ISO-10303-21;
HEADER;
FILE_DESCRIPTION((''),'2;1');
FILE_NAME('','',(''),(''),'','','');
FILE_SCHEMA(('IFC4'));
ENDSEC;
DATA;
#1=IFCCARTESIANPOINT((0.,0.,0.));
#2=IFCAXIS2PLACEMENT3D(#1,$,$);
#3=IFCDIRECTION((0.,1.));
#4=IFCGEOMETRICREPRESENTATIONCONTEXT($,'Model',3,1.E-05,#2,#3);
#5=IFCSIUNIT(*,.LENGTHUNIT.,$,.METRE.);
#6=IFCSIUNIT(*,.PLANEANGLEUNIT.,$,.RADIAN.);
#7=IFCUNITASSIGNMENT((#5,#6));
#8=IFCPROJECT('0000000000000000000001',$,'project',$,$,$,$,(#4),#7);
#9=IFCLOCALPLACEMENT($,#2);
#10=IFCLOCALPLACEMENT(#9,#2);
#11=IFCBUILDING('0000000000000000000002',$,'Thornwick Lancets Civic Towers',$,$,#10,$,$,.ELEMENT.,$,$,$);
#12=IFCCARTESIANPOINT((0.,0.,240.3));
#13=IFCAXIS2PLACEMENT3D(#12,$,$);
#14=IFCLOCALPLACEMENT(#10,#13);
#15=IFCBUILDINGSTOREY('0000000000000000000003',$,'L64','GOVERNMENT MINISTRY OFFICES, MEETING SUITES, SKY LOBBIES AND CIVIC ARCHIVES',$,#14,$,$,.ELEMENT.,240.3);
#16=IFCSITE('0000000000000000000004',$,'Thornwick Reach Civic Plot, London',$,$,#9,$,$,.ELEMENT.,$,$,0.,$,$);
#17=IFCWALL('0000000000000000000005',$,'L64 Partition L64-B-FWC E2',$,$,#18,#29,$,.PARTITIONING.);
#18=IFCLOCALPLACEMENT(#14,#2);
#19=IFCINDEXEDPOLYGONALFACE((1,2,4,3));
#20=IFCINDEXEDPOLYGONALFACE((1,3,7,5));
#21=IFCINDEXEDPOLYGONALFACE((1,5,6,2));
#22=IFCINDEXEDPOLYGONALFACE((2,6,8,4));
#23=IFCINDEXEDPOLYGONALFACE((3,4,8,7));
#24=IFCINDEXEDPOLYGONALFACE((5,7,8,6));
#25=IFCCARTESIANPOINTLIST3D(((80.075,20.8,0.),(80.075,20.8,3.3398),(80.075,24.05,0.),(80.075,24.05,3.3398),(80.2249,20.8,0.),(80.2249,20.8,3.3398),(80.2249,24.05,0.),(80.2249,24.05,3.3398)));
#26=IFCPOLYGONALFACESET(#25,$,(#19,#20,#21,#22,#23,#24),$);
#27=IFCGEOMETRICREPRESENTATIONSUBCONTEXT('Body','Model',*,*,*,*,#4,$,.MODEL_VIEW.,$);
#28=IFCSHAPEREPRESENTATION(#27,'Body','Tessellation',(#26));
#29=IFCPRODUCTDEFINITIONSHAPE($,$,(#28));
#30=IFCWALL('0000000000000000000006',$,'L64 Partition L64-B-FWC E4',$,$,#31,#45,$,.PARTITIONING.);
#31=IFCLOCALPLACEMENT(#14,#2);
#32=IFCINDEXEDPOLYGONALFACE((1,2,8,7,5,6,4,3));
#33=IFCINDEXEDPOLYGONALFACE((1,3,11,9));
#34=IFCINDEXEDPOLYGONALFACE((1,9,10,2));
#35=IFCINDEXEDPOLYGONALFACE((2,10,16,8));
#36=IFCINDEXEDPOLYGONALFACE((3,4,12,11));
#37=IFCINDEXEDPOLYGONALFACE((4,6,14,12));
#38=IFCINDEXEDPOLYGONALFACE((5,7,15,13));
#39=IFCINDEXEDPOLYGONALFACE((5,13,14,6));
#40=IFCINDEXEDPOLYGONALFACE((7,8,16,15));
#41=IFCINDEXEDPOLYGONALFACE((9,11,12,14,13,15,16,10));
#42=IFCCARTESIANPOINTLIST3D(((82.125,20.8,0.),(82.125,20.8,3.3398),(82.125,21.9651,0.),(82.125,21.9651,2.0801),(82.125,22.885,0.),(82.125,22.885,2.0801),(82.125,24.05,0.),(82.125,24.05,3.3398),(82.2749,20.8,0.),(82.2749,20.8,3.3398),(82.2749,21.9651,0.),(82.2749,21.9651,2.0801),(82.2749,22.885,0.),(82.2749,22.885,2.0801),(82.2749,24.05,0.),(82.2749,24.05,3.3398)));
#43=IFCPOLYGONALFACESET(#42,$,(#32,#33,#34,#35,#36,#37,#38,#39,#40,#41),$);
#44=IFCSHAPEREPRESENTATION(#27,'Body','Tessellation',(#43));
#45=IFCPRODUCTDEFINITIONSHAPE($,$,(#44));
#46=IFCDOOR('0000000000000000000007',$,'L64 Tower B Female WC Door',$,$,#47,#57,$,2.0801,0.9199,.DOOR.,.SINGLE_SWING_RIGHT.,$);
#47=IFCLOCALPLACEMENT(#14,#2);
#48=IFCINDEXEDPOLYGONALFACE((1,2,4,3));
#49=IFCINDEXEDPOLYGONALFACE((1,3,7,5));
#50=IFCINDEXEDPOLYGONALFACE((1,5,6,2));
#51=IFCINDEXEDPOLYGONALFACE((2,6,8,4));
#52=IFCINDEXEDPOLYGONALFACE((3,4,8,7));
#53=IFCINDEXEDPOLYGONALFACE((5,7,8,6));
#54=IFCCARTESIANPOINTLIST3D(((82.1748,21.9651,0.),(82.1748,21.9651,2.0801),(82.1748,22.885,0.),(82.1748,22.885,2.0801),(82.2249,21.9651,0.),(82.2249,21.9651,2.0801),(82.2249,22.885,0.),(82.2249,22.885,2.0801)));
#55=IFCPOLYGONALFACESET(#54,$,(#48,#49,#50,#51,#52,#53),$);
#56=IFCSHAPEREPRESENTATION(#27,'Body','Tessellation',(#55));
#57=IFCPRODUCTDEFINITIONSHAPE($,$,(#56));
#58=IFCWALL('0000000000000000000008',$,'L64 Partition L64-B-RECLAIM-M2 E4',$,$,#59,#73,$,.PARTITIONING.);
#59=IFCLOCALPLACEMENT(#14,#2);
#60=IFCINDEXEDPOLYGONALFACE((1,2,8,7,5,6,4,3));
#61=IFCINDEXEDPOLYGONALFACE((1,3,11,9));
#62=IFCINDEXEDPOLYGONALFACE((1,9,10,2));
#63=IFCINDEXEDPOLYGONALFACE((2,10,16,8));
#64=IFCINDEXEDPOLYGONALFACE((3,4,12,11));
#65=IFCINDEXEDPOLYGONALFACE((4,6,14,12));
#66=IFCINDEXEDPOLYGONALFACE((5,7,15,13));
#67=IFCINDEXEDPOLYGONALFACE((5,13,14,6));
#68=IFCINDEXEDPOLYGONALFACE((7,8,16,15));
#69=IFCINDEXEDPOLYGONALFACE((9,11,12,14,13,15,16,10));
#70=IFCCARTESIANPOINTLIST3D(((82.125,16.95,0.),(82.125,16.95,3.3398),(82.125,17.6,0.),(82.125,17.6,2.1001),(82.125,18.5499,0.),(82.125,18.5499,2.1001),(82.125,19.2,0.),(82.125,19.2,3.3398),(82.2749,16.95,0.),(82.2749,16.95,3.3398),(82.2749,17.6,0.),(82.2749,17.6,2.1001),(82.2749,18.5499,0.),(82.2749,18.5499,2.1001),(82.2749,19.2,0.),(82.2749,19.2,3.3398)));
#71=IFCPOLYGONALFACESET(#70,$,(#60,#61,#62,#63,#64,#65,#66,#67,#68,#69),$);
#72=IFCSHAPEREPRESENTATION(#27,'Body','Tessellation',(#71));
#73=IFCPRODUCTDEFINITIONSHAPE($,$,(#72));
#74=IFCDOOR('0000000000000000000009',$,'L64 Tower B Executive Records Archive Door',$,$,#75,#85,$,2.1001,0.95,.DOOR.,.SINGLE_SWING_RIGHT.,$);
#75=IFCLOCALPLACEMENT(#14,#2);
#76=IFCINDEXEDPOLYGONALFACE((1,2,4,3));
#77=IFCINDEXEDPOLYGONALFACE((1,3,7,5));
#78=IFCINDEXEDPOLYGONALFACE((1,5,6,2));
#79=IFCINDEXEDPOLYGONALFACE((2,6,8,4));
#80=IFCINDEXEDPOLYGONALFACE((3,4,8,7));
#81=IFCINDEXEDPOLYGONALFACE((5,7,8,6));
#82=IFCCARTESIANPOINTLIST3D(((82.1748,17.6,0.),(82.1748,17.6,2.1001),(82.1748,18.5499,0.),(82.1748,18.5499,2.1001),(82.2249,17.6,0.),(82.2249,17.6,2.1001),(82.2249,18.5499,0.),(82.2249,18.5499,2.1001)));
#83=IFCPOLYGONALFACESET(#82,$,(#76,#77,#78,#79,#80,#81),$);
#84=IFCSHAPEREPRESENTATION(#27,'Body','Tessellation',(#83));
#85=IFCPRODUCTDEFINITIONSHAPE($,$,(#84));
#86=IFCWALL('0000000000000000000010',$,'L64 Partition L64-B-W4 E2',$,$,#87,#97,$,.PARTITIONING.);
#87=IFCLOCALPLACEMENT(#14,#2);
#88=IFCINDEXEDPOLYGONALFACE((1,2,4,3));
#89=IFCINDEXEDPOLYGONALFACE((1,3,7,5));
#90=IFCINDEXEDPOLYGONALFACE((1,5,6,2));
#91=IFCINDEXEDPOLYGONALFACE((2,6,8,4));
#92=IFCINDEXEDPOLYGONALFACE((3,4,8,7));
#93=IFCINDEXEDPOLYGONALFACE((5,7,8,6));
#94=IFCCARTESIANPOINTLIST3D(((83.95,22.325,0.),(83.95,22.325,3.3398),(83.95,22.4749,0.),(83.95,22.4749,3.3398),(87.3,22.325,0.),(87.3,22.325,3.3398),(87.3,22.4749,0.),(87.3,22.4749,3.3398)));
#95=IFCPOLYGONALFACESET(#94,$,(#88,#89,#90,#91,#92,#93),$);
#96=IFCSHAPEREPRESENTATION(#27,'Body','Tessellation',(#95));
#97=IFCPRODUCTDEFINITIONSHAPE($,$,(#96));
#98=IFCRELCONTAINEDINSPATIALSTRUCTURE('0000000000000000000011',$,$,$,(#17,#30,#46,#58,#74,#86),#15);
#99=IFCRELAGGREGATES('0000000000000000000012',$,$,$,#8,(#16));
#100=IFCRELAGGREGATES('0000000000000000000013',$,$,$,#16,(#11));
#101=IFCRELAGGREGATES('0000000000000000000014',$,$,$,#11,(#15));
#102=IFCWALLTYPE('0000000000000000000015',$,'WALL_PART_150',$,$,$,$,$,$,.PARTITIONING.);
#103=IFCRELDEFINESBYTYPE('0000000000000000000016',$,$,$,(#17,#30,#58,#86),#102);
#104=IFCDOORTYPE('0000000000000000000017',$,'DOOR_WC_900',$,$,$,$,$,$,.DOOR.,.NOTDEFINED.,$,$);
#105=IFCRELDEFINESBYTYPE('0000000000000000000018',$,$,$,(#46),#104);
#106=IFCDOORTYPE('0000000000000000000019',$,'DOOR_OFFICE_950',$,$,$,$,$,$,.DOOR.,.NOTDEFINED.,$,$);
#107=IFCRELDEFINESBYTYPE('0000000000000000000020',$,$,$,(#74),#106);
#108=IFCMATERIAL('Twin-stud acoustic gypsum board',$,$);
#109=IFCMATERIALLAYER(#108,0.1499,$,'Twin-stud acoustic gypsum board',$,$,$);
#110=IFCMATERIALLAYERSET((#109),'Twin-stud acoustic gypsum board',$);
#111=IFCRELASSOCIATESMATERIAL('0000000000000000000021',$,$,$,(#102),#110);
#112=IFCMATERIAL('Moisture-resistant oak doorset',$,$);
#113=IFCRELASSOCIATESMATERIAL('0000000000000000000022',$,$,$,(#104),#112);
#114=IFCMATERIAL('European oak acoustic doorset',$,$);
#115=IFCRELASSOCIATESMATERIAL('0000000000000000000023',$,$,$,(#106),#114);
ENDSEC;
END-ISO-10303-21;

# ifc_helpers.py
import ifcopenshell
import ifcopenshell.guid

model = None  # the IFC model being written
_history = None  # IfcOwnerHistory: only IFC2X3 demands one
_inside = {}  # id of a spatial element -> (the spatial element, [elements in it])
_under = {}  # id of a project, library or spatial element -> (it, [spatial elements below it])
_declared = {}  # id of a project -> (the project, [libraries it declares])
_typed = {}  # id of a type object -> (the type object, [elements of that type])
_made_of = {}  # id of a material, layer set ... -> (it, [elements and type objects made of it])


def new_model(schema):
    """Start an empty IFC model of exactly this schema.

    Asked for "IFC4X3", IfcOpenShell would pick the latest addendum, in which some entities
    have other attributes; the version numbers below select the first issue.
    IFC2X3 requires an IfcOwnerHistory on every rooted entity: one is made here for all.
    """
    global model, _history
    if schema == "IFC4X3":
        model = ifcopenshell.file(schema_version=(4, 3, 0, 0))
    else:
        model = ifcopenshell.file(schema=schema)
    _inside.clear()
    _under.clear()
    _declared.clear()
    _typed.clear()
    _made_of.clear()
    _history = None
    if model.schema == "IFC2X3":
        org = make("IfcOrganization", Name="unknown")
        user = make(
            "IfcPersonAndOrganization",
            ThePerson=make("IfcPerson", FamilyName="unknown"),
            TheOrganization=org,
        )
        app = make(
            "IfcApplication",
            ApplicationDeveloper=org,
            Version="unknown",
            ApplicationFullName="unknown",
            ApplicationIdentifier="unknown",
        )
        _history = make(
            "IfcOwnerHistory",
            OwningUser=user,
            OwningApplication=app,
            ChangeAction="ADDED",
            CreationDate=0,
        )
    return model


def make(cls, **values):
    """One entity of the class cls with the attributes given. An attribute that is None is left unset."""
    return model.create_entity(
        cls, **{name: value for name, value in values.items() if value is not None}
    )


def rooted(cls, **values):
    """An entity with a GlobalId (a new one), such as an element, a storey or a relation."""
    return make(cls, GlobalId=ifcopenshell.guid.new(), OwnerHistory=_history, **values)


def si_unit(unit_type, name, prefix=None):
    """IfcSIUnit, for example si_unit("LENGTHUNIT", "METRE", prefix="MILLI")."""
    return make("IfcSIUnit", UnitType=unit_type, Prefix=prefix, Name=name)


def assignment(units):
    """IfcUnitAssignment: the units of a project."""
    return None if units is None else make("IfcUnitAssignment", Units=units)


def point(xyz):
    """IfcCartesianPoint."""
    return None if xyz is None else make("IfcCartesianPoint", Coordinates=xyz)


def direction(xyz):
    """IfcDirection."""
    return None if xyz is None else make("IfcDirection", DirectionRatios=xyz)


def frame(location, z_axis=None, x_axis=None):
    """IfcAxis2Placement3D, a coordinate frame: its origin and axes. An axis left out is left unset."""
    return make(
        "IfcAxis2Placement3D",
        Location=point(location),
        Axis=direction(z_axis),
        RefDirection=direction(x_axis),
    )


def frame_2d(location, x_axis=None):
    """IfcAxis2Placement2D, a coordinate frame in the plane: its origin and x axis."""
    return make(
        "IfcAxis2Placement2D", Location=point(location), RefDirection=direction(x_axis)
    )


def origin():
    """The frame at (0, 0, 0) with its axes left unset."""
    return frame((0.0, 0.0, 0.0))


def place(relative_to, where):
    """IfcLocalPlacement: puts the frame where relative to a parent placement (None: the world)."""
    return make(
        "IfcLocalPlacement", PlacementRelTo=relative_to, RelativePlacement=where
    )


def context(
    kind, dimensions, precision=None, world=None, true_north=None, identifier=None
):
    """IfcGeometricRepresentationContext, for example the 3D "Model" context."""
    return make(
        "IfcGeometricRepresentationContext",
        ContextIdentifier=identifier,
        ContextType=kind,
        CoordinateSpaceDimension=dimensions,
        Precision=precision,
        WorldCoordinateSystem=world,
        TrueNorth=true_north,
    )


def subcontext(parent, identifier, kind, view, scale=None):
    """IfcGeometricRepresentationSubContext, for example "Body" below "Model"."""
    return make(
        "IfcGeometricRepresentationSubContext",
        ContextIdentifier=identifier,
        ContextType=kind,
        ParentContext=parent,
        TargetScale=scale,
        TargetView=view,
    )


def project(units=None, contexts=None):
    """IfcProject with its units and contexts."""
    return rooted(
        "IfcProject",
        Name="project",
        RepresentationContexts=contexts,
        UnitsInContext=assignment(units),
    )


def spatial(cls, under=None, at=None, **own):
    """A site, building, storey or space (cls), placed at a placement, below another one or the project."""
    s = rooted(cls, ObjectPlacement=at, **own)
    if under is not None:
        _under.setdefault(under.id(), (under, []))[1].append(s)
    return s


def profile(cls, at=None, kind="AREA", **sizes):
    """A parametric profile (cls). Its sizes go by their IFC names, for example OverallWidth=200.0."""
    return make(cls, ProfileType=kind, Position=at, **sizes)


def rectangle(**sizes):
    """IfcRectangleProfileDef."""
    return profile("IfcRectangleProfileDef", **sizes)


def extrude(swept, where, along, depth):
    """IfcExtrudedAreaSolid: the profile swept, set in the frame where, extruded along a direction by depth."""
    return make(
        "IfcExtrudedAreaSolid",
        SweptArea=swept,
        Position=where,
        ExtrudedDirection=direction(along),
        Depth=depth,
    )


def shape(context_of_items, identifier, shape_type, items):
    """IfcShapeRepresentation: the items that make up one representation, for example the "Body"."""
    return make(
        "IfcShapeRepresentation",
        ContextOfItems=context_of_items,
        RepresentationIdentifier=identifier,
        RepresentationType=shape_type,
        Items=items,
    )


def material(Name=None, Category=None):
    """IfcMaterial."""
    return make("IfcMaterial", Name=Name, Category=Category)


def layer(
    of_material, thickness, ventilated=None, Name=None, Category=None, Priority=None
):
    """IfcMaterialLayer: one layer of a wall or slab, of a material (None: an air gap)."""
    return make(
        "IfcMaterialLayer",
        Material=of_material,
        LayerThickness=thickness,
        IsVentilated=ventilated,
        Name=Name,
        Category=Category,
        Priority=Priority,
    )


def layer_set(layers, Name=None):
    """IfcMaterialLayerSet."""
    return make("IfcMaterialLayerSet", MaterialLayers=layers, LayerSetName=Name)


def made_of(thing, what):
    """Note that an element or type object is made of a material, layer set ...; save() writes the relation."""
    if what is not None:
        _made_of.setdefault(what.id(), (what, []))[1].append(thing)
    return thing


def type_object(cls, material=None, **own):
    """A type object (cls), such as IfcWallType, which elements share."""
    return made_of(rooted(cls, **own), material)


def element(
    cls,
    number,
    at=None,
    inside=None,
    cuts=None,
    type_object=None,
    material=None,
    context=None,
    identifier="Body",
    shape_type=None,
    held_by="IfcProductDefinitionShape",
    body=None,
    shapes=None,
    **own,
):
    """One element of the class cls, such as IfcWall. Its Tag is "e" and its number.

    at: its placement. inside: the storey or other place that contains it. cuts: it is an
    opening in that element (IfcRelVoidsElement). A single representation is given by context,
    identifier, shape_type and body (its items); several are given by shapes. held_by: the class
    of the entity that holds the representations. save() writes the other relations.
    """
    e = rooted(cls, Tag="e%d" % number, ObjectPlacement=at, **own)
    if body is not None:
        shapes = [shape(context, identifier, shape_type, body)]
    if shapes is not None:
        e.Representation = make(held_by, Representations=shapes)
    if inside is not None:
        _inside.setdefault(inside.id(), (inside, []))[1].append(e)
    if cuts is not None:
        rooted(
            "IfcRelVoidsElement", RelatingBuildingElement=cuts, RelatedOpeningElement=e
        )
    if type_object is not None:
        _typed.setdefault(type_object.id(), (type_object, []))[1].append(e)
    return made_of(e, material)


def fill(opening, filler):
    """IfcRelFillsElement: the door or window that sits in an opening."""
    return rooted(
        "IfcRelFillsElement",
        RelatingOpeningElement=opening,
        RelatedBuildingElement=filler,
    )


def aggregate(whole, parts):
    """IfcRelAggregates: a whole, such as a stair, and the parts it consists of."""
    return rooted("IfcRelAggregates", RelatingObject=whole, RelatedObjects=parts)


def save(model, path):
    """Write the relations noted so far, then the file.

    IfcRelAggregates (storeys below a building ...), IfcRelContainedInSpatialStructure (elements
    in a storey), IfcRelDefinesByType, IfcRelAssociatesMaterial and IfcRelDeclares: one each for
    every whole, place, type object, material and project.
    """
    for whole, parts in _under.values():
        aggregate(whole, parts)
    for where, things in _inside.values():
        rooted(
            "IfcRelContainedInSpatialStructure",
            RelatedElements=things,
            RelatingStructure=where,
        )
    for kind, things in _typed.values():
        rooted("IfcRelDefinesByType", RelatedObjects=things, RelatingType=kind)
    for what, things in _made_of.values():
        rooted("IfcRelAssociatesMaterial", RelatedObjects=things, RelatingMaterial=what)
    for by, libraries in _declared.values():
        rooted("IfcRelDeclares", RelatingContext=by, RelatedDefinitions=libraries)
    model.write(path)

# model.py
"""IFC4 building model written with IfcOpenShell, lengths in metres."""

from ifc_helpers import new_model, si_unit, direction, frame, frame_2d, origin, place, context, subcontext, project, spatial, rectangle, extrude, material, layer, layer_set, type_object, element, fill, save


model = new_model("IFC4")

# Units and contexts
model_context = context("Model", 3, precision=1e-05, world=origin(), true_north=direction((0.0, 1.0)))
body_context = subcontext(model_context, "Body", "Model", "MODEL_VIEW")
ifc_project = project(units=[si_unit("LENGTHUNIT", "METRE"), si_unit("PLANEANGLEUNIT", "RADIAN")], contexts=[model_context])

# Site, building, storey
site_placement = place(None, origin())
site = spatial("IfcSite", under=ifc_project, at=site_placement, Name="Thornwick Reach Civic Plot, London", CompositionType="ELEMENT", RefElevation=0.0)
building_placement = place(site_placement, origin())
building = spatial("IfcBuilding", under=site, at=building_placement, Name="Thornwick Lancets Civic Towers", CompositionType="ELEMENT")
storey_placement = place(building_placement, frame((0.0, 0.0, 240.3)))
storey = spatial("IfcBuildingStorey", under=building, at=storey_placement, Name="L64", Description="GOVERNMENT MINISTRY OFFICES, MEETING SUITES, SKY LOBBIES AND CIVIC ARCHIVES", CompositionType="ELEMENT", Elevation=240.3)

# Wall
ifc_material_1 = material(Name="Twin-stud acoustic gypsum board")
ifc_layer_1 = layer(ifc_material_1, 0.1499, Name="Twin-stud acoustic gypsum board")
ifc_layer_set_1 = layer_set([ifc_layer_1], Name="Twin-stud acoustic gypsum board")
wall_type_1 = type_object("IfcWallType", Name="WALL_PART_150", PredefinedType="PARTITIONING", material=ifc_layer_set_1)
wall_1_placement = place(storey_placement, frame((80.1499, 20.8, 0.0), z_axis=(0.0, 0.0, 1.0), x_axis=(0.0, 1.0, 0.0)))
element("IfcWall", 1, at=wall_1_placement, inside=storey, type_object=wall_type_1, Name="L64 Partition L64-B-FWC E2", PredefinedType="PARTITIONING", context=body_context, shape_type="SweptSolid", body=[
    extrude(rectangle(XDim=3.25, YDim=0.1499, at=frame_2d((1.625, 0.0))), origin(), (0.0, 0.0, 1.0), 3.3398),
])

# Walls, openings, doors
wall_2_placement = place(storey_placement, frame((82.2, 24.05, 0.0), z_axis=(0.0, 0.0, 1.0), x_axis=(0.0, -1.0, 0.0)))
wall_2 = element("IfcWall", 2, at=wall_2_placement, inside=storey, type_object=wall_type_1, Name="L64 Partition L64-B-FWC E4", PredefinedType="PARTITIONING", context=body_context, shape_type="SweptSolid", body=[
    extrude(rectangle(XDim=3.25, YDim=0.1499, at=frame_2d((1.625, 0.0))), origin(), (0.0, 0.0, 1.0), 3.3398),
])
opening_1_placement = place(wall_2_placement, frame((1.165, 0.0, 0.0)))
opening_1 = element("IfcOpeningElement", 3, at=opening_1_placement, cuts=wall_2, PredefinedType="OPENING", context=body_context, shape_type="SweptSolid", body=[
    extrude(rectangle(XDim=0.9199, YDim=2.0801, at=frame_2d((0.46, 1.04))), frame((0.0, 0.085, 0.0), z_axis=(0.0, -1.0, 0.0), x_axis=(1.0, 0.0, 0.0)), (0.0, 0.0, 1.0), 0.1699),
])
ifc_material_2 = material(Name="Moisture-resistant oak doorset")
door_type_1 = type_object("IfcDoorType", Name="DOOR_WC_900", OperationType="NOTDEFINED", PredefinedType="DOOR", material=ifc_material_2)
door_1_placement = place(opening_1_placement, origin())
door_1 = element("IfcDoor", 4, at=door_1_placement, inside=storey, type_object=door_type_1, Name="L64 Tower B Female WC Door", OperationType="SINGLE_SWING_RIGHT", OverallHeight=2.0801, OverallWidth=0.9199, PredefinedType="DOOR", context=body_context, shape_type="SweptSolid", body=[
    extrude(rectangle(XDim=0.9199, YDim=2.0801, at=frame_2d((0.46, 1.04))), frame((0.0, 0.0249, 0.0), z_axis=(0.0, -1.0, 0.0), x_axis=(1.0, 0.0, 0.0)), (0.0, 0.0, 1.0), 0.05),
])
fill(opening_1, door_1)
wall_3_placement = place(storey_placement, frame((82.2, 19.2, 0.0), z_axis=(0.0, 0.0, 1.0), x_axis=(0.0, -1.0, 0.0)))
wall_3 = element("IfcWall", 5, at=wall_3_placement, inside=storey, type_object=wall_type_1, Name="L64 Partition L64-B-RECLAIM-M2 E4", PredefinedType="PARTITIONING", context=body_context, shape_type="SweptSolid", body=[
    extrude(rectangle(XDim=2.25, YDim=0.1499, at=frame_2d((1.125, 0.0))), origin(), (0.0, 0.0, 1.0), 3.3398),
])
opening_2_placement = place(wall_3_placement, frame((0.6499, 0.0, 0.0)))
opening_2 = element("IfcOpeningElement", 6, at=opening_2_placement, cuts=wall_3, PredefinedType="OPENING", context=body_context, shape_type="SweptSolid", body=[
    extrude(rectangle(XDim=0.95, YDim=2.1001, at=frame_2d((0.4751, 1.05))), frame((0.0, 0.085, 0.0), z_axis=(0.0, -1.0, 0.0), x_axis=(1.0, 0.0, 0.0)), (0.0, 0.0, 1.0), 0.1699),
])
ifc_material_3 = material(Name="European oak acoustic doorset")
door_type_2 = type_object("IfcDoorType", Name="DOOR_OFFICE_950", OperationType="NOTDEFINED", PredefinedType="DOOR", material=ifc_material_3)
door_2_placement = place(opening_2_placement, origin())
door_2 = element("IfcDoor", 7, at=door_2_placement, inside=storey, type_object=door_type_2, Name="L64 Tower B Executive Records Archive Door", OperationType="SINGLE_SWING_RIGHT", OverallHeight=2.1001, OverallWidth=0.95, PredefinedType="DOOR", context=body_context, shape_type="SweptSolid", body=[
    extrude(rectangle(XDim=0.95, YDim=2.1001, at=frame_2d((0.4751, 1.05))), frame((0.0, 0.0249, 0.0), z_axis=(0.0, -1.0, 0.0), x_axis=(1.0, 0.0, 0.0)), (0.0, 0.0, 1.0), 0.05),
])
fill(opening_2, door_2)

# Wall
wall_4_placement = place(storey_placement, frame((83.95, 22.3999, 0.0), z_axis=(0.0, 0.0, 1.0), x_axis=(1.0, 0.0, 0.0)))
element("IfcWall", 8, at=wall_4_placement, inside=storey, type_object=wall_type_1, Name="L64 Partition L64-B-W4 E2", PredefinedType="PARTITIONING", context=body_context, shape_type="SweptSolid", body=[
    extrude(rectangle(XDim=3.3501, YDim=0.1499, at=frame_2d((1.675, 0.0))), origin(), (0.0, 0.0, 1.0), 3.3398),
])

save(model, "model.ifc")
